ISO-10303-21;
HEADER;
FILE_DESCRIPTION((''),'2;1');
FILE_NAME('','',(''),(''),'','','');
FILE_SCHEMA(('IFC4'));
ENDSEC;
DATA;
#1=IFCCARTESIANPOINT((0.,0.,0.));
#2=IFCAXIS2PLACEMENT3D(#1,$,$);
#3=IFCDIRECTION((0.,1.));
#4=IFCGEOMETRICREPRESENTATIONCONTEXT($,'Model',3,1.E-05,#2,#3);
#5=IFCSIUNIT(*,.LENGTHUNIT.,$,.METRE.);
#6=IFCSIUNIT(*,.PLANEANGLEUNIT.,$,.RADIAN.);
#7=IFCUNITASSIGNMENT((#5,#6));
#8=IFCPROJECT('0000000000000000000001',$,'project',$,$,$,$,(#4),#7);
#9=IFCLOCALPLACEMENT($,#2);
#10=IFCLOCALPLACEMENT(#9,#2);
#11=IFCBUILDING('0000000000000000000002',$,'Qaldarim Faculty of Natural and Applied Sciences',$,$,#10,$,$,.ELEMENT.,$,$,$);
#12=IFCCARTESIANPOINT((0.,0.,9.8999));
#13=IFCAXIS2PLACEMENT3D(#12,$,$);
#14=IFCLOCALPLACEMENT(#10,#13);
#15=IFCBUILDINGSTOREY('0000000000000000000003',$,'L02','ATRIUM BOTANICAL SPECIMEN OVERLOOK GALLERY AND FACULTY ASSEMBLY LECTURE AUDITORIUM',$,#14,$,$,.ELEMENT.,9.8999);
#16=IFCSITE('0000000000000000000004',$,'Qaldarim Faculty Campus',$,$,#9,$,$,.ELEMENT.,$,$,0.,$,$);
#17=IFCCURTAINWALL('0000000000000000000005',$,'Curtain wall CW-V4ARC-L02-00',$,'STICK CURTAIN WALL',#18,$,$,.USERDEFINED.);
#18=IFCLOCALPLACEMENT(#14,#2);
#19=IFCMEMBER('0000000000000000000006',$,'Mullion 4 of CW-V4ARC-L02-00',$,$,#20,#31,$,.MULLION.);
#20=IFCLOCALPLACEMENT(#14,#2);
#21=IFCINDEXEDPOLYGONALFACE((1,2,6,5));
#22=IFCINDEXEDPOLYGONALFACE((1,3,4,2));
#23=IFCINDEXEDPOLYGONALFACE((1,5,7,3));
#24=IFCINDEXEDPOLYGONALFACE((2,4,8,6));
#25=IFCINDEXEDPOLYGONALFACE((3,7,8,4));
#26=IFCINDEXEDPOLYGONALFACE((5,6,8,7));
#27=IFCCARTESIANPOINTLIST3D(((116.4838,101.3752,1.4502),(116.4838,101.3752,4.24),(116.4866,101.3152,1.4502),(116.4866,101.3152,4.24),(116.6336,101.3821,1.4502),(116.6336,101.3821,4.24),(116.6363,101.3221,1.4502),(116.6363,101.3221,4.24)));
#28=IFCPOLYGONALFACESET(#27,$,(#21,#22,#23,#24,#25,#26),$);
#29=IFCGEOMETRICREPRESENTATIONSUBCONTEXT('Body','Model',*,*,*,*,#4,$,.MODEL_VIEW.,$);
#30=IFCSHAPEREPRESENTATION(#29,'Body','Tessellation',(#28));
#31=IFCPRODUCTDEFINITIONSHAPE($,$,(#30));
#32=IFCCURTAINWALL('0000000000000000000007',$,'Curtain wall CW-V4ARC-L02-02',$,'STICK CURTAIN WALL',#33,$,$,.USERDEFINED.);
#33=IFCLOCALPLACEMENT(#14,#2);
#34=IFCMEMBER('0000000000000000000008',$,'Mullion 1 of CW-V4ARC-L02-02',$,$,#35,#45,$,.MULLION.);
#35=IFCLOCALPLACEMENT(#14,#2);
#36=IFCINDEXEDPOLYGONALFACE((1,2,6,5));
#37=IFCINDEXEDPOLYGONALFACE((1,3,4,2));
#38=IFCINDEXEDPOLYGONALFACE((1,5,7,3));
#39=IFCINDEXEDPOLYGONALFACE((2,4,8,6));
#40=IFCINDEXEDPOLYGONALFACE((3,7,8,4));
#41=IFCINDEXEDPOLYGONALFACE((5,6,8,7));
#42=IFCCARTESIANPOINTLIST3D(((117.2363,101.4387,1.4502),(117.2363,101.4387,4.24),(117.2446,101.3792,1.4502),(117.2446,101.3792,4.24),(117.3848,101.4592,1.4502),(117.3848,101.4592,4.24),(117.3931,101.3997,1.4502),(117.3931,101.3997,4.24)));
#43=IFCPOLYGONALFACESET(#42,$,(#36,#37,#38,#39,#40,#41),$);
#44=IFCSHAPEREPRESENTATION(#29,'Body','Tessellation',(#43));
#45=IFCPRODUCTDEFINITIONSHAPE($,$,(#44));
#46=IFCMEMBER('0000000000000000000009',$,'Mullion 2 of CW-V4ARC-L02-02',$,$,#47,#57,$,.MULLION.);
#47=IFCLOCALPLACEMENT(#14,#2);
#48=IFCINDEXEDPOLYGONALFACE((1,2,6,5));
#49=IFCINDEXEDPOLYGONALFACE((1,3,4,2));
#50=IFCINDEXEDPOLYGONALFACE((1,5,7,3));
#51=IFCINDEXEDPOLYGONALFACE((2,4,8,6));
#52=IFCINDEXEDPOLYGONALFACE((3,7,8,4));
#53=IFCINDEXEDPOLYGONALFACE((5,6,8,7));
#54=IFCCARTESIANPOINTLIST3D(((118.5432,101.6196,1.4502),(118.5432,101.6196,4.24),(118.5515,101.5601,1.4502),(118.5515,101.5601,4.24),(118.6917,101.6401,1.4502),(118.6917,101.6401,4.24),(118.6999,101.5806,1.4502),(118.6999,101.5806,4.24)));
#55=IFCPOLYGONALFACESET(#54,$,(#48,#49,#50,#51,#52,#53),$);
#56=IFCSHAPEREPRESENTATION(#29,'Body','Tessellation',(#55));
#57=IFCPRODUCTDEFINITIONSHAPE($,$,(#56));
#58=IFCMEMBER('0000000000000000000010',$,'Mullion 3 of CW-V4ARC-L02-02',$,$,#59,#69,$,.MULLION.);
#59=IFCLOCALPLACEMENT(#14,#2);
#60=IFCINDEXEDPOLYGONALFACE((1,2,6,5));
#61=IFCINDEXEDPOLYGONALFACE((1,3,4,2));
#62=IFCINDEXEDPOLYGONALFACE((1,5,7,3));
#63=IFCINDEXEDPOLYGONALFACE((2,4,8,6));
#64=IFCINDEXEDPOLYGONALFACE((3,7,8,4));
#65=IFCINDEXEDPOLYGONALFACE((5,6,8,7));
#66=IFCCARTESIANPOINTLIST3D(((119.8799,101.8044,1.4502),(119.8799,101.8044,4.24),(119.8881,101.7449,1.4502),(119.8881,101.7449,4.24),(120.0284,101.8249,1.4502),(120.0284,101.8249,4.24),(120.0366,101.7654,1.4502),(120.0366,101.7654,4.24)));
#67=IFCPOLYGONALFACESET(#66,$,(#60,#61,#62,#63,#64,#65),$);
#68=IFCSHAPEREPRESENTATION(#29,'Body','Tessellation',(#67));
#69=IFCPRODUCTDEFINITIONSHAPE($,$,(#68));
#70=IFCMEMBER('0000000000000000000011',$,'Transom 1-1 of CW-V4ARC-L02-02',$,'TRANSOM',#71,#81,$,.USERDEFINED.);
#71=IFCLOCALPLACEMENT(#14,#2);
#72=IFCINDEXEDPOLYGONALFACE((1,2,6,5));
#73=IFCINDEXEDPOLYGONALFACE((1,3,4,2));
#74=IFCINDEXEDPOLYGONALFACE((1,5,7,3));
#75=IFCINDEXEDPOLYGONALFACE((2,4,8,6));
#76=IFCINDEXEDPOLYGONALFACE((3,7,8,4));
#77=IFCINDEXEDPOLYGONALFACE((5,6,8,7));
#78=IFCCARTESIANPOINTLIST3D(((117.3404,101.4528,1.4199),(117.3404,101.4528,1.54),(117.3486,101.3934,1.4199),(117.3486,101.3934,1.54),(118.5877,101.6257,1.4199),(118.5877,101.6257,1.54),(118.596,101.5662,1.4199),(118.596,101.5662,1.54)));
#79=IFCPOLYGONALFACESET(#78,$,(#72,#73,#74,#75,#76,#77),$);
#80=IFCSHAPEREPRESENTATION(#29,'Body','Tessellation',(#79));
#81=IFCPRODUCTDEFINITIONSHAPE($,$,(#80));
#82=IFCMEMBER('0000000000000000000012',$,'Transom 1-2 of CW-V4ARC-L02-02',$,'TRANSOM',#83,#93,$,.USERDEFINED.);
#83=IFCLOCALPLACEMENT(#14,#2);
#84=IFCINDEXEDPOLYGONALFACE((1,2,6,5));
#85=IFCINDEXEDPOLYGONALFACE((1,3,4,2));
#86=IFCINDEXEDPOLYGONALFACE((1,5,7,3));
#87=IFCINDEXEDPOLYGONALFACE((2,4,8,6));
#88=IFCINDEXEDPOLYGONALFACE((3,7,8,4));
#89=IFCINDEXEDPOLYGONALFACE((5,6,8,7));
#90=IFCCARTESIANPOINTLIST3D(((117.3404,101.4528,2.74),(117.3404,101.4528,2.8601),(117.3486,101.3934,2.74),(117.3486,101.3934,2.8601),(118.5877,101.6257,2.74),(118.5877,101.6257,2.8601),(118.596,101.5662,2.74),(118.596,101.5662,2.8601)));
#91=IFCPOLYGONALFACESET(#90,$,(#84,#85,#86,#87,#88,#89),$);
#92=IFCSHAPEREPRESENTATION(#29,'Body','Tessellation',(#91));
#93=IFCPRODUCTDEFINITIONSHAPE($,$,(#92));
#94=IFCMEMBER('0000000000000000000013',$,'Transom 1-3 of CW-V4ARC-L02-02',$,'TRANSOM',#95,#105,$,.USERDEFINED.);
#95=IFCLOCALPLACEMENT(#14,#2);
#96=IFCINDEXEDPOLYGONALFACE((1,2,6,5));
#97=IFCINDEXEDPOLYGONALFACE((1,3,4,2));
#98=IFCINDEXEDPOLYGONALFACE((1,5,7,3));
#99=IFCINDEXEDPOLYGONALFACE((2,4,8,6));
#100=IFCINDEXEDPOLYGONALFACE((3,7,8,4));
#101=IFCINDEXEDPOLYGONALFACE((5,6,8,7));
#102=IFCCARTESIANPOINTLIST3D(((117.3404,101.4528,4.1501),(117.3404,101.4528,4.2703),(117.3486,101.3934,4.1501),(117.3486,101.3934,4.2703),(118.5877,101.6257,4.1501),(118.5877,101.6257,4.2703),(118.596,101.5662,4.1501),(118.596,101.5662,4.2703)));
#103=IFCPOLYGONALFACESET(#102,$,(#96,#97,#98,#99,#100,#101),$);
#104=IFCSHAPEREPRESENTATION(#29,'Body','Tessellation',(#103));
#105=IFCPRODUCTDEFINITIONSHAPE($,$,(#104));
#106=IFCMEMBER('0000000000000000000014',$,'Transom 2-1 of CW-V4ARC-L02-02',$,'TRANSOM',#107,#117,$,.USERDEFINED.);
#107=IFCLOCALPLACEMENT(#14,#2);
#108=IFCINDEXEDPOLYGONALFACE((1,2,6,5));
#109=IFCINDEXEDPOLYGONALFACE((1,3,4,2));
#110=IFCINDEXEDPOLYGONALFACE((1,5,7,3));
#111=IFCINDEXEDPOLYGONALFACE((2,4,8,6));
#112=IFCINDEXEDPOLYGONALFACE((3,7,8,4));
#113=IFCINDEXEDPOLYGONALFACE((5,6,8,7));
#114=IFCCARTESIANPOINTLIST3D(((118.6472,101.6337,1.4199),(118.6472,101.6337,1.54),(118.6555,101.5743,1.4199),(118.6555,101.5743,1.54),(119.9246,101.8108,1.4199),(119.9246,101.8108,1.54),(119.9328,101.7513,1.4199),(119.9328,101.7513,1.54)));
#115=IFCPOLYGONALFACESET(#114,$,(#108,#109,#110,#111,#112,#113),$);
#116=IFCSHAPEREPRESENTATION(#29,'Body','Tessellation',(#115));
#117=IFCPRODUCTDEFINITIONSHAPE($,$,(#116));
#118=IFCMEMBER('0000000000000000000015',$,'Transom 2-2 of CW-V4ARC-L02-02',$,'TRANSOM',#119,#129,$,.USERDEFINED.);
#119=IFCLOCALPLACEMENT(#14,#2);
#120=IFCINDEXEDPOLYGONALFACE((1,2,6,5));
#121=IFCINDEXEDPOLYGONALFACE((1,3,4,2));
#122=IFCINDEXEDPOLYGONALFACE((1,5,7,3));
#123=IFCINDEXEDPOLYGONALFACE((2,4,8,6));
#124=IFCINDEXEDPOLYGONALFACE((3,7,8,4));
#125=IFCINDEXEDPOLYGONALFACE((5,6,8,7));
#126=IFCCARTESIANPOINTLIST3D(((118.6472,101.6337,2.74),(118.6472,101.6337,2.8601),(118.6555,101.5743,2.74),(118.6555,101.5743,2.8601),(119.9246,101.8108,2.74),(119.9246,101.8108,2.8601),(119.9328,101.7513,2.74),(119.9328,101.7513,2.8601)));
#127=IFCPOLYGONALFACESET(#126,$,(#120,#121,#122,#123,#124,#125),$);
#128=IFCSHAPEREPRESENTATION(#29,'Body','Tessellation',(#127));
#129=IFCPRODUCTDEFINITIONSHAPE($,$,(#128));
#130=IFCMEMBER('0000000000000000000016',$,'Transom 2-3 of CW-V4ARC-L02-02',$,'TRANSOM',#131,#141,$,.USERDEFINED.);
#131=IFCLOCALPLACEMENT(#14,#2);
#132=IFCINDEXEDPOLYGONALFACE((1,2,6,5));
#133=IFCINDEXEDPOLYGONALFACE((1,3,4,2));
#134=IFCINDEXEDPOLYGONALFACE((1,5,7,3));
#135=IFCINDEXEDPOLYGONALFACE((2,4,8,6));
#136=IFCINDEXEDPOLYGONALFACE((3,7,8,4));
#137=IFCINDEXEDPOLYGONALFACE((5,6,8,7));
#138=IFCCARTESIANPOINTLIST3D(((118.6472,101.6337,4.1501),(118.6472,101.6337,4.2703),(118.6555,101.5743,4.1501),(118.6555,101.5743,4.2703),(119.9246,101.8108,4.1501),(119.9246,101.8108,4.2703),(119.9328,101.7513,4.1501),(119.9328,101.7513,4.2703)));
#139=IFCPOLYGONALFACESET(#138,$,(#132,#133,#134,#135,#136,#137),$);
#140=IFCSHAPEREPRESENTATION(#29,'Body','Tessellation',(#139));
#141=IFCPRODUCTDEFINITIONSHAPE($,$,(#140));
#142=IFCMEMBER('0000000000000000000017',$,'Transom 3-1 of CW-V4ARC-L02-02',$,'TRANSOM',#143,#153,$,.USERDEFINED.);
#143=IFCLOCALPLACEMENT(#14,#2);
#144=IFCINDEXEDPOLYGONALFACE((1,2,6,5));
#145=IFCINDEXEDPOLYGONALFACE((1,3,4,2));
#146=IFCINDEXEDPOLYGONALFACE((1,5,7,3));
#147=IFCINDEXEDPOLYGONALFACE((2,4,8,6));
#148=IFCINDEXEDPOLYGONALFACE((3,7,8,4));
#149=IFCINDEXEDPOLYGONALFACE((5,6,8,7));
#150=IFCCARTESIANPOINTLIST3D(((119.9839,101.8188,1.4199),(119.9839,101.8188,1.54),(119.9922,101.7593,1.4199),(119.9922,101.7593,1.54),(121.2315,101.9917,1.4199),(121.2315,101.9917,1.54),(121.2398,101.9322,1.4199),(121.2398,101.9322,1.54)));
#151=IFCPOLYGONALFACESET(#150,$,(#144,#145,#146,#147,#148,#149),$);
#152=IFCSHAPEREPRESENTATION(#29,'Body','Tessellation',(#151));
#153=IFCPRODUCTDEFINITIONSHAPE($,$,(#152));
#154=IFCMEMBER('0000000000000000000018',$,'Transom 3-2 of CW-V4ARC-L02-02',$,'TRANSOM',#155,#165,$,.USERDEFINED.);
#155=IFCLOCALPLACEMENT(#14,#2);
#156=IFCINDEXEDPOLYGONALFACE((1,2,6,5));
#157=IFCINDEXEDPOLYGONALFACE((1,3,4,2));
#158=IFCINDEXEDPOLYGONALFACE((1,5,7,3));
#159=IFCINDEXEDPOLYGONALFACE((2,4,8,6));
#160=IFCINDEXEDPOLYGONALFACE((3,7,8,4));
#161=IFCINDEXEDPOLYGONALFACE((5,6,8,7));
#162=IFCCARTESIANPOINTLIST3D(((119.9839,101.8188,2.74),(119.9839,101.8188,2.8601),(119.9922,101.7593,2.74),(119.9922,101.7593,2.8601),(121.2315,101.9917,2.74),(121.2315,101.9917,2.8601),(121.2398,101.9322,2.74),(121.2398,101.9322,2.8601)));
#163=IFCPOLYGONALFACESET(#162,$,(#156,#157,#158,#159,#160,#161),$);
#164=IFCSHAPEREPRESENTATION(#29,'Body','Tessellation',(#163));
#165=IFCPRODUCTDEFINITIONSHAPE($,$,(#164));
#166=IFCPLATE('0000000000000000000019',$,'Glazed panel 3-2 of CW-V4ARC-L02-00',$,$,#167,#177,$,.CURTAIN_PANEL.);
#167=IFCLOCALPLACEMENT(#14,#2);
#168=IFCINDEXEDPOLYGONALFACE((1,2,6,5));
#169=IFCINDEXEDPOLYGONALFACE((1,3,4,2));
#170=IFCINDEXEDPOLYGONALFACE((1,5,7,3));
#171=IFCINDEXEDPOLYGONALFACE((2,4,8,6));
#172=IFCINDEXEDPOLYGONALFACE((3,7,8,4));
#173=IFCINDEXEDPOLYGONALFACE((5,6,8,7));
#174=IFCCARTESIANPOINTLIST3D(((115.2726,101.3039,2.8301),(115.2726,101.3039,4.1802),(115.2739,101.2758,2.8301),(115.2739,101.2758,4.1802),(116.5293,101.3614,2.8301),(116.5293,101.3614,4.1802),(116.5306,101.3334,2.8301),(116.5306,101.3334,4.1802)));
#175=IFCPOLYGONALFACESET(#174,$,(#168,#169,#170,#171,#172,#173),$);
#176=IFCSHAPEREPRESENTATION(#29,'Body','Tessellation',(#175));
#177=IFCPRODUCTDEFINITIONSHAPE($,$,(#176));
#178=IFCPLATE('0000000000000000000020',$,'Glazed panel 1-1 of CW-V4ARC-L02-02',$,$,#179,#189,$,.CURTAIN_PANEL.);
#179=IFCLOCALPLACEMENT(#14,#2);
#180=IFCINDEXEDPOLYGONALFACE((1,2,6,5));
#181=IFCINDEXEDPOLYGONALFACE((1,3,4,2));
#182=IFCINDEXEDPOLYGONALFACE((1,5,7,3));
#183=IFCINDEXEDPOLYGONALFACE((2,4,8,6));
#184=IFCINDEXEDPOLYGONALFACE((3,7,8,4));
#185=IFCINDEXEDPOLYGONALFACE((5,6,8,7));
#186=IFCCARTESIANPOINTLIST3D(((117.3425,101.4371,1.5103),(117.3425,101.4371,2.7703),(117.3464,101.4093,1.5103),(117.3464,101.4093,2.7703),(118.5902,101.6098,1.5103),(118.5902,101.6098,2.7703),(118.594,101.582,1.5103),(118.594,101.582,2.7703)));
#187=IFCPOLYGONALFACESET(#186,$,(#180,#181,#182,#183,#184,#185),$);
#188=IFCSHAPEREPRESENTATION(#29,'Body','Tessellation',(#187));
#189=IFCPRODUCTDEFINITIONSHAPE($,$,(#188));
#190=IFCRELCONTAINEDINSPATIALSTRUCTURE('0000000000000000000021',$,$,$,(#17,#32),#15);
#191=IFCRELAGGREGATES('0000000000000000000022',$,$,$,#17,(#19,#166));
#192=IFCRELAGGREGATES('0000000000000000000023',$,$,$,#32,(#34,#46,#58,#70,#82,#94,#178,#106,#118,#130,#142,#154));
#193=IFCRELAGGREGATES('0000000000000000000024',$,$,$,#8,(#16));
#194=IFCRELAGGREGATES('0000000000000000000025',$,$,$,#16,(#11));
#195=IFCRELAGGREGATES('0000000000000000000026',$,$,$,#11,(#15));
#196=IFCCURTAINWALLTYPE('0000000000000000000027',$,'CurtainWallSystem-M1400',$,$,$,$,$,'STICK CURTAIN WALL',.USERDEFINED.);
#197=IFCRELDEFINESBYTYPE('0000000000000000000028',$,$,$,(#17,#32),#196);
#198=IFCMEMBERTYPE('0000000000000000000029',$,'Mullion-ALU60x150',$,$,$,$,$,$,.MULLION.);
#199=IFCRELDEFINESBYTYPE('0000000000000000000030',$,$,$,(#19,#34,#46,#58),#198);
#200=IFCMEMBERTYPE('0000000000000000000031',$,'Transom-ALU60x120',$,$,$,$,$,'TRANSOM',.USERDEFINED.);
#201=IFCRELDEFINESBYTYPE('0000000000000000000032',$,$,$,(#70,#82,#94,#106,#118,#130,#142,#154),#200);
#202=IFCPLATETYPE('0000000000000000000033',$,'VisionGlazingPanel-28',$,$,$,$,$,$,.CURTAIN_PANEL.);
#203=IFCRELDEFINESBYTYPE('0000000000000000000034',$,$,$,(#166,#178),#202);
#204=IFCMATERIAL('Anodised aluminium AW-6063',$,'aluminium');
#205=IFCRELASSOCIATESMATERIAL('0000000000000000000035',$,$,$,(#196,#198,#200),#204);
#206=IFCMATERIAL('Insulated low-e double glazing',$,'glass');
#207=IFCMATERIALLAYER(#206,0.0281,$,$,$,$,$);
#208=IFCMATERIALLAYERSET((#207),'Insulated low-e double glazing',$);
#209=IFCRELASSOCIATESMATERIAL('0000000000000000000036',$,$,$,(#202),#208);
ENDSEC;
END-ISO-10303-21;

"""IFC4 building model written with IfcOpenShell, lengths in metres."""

from ifc_helpers import new_model, si_unit, direction, frame, origin, origin_2d, place, context, subcontext, project, spatial, rectangle, extrude, material, layer, layer_set, material_profile, profile_set, type_object, element, aggregate, save


model = new_model("IFC4")

# Units and contexts
model_context = context("Model", 3, precision=1e-05, world=origin(), true_north=direction((0.0, 1.0)))
body_context = subcontext(model_context, "Body", "Model", "MODEL_VIEW")
ifc_project = project(units=[si_unit("LENGTHUNIT", "METRE"), si_unit("PLANEANGLEUNIT", "RADIAN")], contexts=[model_context])

# Site, building, storey
site_placement = place(None, origin())
site = spatial("IfcSite", under=ifc_project, at=site_placement, Name="Qaldarim Faculty Campus", CompositionType="ELEMENT", RefElevation=0.0)
building_placement = place(site_placement, origin())
building = spatial("IfcBuilding", under=site, at=building_placement, Name="Qaldarim Faculty of Natural and Applied Sciences", CompositionType="ELEMENT")
storey_placement = place(building_placement, frame((0.0, 0.0, 9.8999)))
storey = spatial("IfcBuildingStorey", under=building, at=storey_placement, Name="L02", Description="ATRIUM BOTANICAL SPECIMEN OVERLOOK GALLERY AND FACULTY ASSEMBLY LECTURE AUDITORIUM", CompositionType="ELEMENT", Elevation=9.8999)

# Curtain wall, member
ifc_material_1 = material(Name="Anodised aluminium AW-6063", Category="aluminium")
curtain_wall_type = type_object("IfcCurtainWallType", Name="CurtainWallSystem-M1400", ElementType="STICK CURTAIN WALL", PredefinedType="USERDEFINED", material=ifc_material_1)
curtain_wall_1_placement = place(storey_placement, origin())
curtain_wall_1 = element("IfcCurtainWall", 1, at=curtain_wall_1_placement, inside=storey, type_object=curtain_wall_type, Name="Curtain wall CW-V4ARC-L02-00", ObjectType="STICK CURTAIN WALL", PredefinedType="USERDEFINED")
ifc_material_profile_1 = material_profile(ifc_material_1, rectangle(XDim=0.0601, YDim=0.1499, at=origin_2d()), Name="ALU-M60x150")
ifc_profile_set_1 = profile_set([ifc_material_profile_1], Name="Anodised aluminium AW-6063")
member_type_1 = type_object("IfcMemberType", Name="Mullion-ALU60x150", PredefinedType="MULLION", material=ifc_profile_set_1)
member_1_placement = place(storey_placement, frame((116.5601, 101.3486, 1.4502), z_axis=(0.0, 0.0, 1.0), x_axis=(-0.045747, 0.998953, 0.0)))
member_1 = element("IfcMember", 2, at=member_1_placement, type_object=member_type_1, Name="Mullion 4 of CW-V4ARC-L02-00", PredefinedType="MULLION", context=body_context, shape_type="SweptSolid", body=[
    extrude(rectangle(XDim=0.0601, YDim=0.1499, at=origin_2d()), origin(), (0.0, 0.0, 1.0), 2.7898),
])

# Curtain wall, members
curtain_wall_2_placement = place(storey_placement, origin())
curtain_wall_2 = element("IfcCurtainWall", 3, at=curtain_wall_2_placement, inside=storey, type_object=curtain_wall_type, Name="Curtain wall CW-V4ARC-L02-02", ObjectType="STICK CURTAIN WALL", PredefinedType="USERDEFINED")
member_2_placement = place(storey_placement, frame((117.3147, 101.4192, 1.4502), z_axis=(0.0, 0.0, 1.0), x_axis=(-0.137099, 0.990557, 0.0)))
member_2 = element("IfcMember", 4, at=member_2_placement, type_object=member_type_1, Name="Mullion 1 of CW-V4ARC-L02-02", PredefinedType="MULLION", context=body_context, shape_type="SweptSolid", body=[
    extrude(rectangle(XDim=0.0601, YDim=0.1499, at=origin_2d()), origin(), (0.0, 0.0, 1.0), 2.7898),
])
member_3_placement = place(storey_placement, frame((118.6216, 101.6001, 1.4502), z_axis=(0.0, 0.0, 1.0), x_axis=(-0.137099, 0.990557, 0.0)))
member_3 = element("IfcMember", 5, at=member_3_placement, type_object=member_type_1, Name="Mullion 2 of CW-V4ARC-L02-02", PredefinedType="MULLION", context=body_context, shape_type="SweptSolid", body=[
    extrude(rectangle(XDim=0.0601, YDim=0.1499, at=origin_2d()), origin(), (0.0, 0.0, 1.0), 2.7898),
])
member_4_placement = place(storey_placement, frame((119.9583, 101.7849, 1.4502), z_axis=(0.0, 0.0, 1.0), x_axis=(-0.137099, 0.990557, 0.0)))
member_4 = element("IfcMember", 6, at=member_4_placement, type_object=member_type_1, Name="Mullion 3 of CW-V4ARC-L02-02", PredefinedType="MULLION", context=body_context, shape_type="SweptSolid", body=[
    extrude(rectangle(XDim=0.0601, YDim=0.1499, at=origin_2d()), origin(), (0.0, 0.0, 1.0), 2.7898),
])
ifc_material_profile_2 = material_profile(ifc_material_1, rectangle(XDim=0.0601, YDim=0.1201, at=origin_2d()), Name="ALU-T60x120")
ifc_profile_set_2 = profile_set([ifc_material_profile_2], Name="Anodised aluminium AW-6063")
member_type_2 = type_object("IfcMemberType", Name="Transom-ALU60x120", ElementType="TRANSOM", PredefinedType="USERDEFINED", material=ifc_profile_set_2)
member_5_placement = place(storey_placement, frame((117.3445, 101.4231, 1.48), z_axis=(0.990534, 0.137267, 0.0), x_axis=(-0.137267, 0.990534, 0.0)))
member_5 = element("IfcMember", 7, at=member_5_placement, type_object=member_type_2, Name="Transom 1-1 of CW-V4ARC-L02-02", ObjectType="TRANSOM", PredefinedType="USERDEFINED", context=body_context, shape_type="SweptSolid", body=[
    extrude(rectangle(XDim=0.0601, YDim=0.1201, at=origin_2d()), origin(), (0.0, 0.0, 1.0), 1.2593),
])
member_6_placement = place(storey_placement, frame((117.3445, 101.4231, 2.8), z_axis=(0.990534, 0.137267, 0.0), x_axis=(-0.137267, 0.990534, 0.0)))
member_6 = element("IfcMember", 8, at=member_6_placement, type_object=member_type_2, Name="Transom 1-2 of CW-V4ARC-L02-02", ObjectType="TRANSOM", PredefinedType="USERDEFINED", context=body_context, shape_type="SweptSolid", body=[
    extrude(rectangle(XDim=0.0601, YDim=0.1201, at=origin_2d()), origin(), (0.0, 0.0, 1.0), 1.2593),
])
member_7_placement = place(storey_placement, frame((117.3445, 101.4231, 4.2102), z_axis=(0.990534, 0.137267, 0.0), x_axis=(-0.137267, 0.990534, 0.0)))
member_7 = element("IfcMember", 9, at=member_7_placement, type_object=member_type_2, Name="Transom 1-3 of CW-V4ARC-L02-02", ObjectType="TRANSOM", PredefinedType="USERDEFINED", context=body_context, shape_type="SweptSolid", body=[
    extrude(rectangle(XDim=0.0601, YDim=0.1201, at=origin_2d()), origin(), (0.0, 0.0, 1.0), 1.2593),
])
member_8_placement = place(storey_placement, frame((118.6514, 101.604, 1.48), z_axis=(0.990535, 0.137259, 0.0), x_axis=(-0.137259, 0.990535, 0.0)))
member_8 = element("IfcMember", 10, at=member_8_placement, type_object=member_type_2, Name="Transom 2-1 of CW-V4ARC-L02-02", ObjectType="TRANSOM", PredefinedType="USERDEFINED", context=body_context, shape_type="SweptSolid", body=[
    extrude(rectangle(XDim=0.0601, YDim=0.1201, at=origin_2d()), origin(), (0.0, 0.0, 1.0), 1.2896),
])
member_9_placement = place(storey_placement, frame((118.6514, 101.604, 2.8), z_axis=(0.990535, 0.137259, 0.0), x_axis=(-0.137259, 0.990535, 0.0)))
member_9 = element("IfcMember", 11, at=member_9_placement, type_object=member_type_2, Name="Transom 2-2 of CW-V4ARC-L02-02", ObjectType="TRANSOM", PredefinedType="USERDEFINED", context=body_context, shape_type="SweptSolid", body=[
    extrude(rectangle(XDim=0.0601, YDim=0.1201, at=origin_2d()), origin(), (0.0, 0.0, 1.0), 1.2896),
])
member_10_placement = place(storey_placement, frame((118.6514, 101.604, 4.2102), z_axis=(0.990535, 0.137259, 0.0), x_axis=(-0.137259, 0.990535, 0.0)))
member_10 = element("IfcMember", 12, at=member_10_placement, type_object=member_type_2, Name="Transom 2-3 of CW-V4ARC-L02-02", ObjectType="TRANSOM", PredefinedType="USERDEFINED", context=body_context, shape_type="SweptSolid", body=[
    extrude(rectangle(XDim=0.0601, YDim=0.1201, at=origin_2d()), origin(), (0.0, 0.0, 1.0), 1.2896),
])
member_11_placement = place(storey_placement, frame((119.988, 101.7891, 1.48), z_axis=(0.990538, 0.137241, 0.0), x_axis=(-0.137241, 0.990538, 0.0)))
member_11 = element("IfcMember", 13, at=member_11_placement, type_object=member_type_2, Name="Transom 3-1 of CW-V4ARC-L02-02", ObjectType="TRANSOM", PredefinedType="USERDEFINED", context=body_context, shape_type="SweptSolid", body=[
    extrude(rectangle(XDim=0.0601, YDim=0.1201, at=origin_2d()), origin(), (0.0, 0.0, 1.0), 1.2595),
])
member_12_placement = place(storey_placement, frame((119.988, 101.7891, 2.8), z_axis=(0.990538, 0.137241, 0.0), x_axis=(-0.137241, 0.990538, 0.0)))
member_12 = element("IfcMember", 14, at=member_12_placement, type_object=member_type_2, Name="Transom 3-2 of CW-V4ARC-L02-02", ObjectType="TRANSOM", PredefinedType="USERDEFINED", context=body_context, shape_type="SweptSolid", body=[
    extrude(rectangle(XDim=0.0601, YDim=0.1201, at=origin_2d()), origin(), (0.0, 0.0, 1.0), 1.2595),
])

# Plates
ifc_material_2 = material(Name="Insulated low-e double glazing", Category="glass")
ifc_layer_1 = layer(ifc_material_2, 0.0281)
ifc_layer_set_1 = layer_set([ifc_layer_1], Name="Insulated low-e double glazing")
plate_type = type_object("IfcPlateType", Name="VisionGlazingPanel-28", PredefinedType="CURTAIN_PANEL", material=ifc_layer_set_1)
plate_1_placement = place(storey_placement, frame((115.9016, 101.3186, 2.8301), z_axis=(0.0, 0.0, 1.0), x_axis=(0.998953, 0.045747, 0.0)))
plate_1 = element("IfcPlate", 15, at=plate_1_placement, type_object=plate_type, Name="Glazed panel 3-2 of CW-V4ARC-L02-00", PredefinedType="CURTAIN_PANEL", context=body_context, shape_type="SweptSolid", body=[
    extrude(rectangle(XDim=1.2581, YDim=0.0281, at=origin_2d()), origin(), (0.0, 0.0, 1.0), 1.3501),
])
aggregate(curtain_wall_1, [member_1, plate_1])
plate_2_placement = place(storey_placement, frame((117.9683, 101.5095, 1.5103), z_axis=(0.0, 0.0, 1.0), x_axis=(0.990557, 0.137099, 0.0)))
plate_2 = element("IfcPlate", 16, at=plate_2_placement, type_object=plate_type, Name="Glazed panel 1-1 of CW-V4ARC-L02-02", PredefinedType="CURTAIN_PANEL", context=body_context, shape_type="SweptSolid", body=[
    extrude(rectangle(XDim=1.2595, YDim=0.0281, at=origin_2d()), origin(), (0.0, 0.0, 1.0), 1.26),
])
aggregate(curtain_wall_2, [member_2, member_3, member_4, member_5, member_6, member_7, plate_2, member_8, member_9, member_10, member_11, member_12])

save(model, "model.ifc")
